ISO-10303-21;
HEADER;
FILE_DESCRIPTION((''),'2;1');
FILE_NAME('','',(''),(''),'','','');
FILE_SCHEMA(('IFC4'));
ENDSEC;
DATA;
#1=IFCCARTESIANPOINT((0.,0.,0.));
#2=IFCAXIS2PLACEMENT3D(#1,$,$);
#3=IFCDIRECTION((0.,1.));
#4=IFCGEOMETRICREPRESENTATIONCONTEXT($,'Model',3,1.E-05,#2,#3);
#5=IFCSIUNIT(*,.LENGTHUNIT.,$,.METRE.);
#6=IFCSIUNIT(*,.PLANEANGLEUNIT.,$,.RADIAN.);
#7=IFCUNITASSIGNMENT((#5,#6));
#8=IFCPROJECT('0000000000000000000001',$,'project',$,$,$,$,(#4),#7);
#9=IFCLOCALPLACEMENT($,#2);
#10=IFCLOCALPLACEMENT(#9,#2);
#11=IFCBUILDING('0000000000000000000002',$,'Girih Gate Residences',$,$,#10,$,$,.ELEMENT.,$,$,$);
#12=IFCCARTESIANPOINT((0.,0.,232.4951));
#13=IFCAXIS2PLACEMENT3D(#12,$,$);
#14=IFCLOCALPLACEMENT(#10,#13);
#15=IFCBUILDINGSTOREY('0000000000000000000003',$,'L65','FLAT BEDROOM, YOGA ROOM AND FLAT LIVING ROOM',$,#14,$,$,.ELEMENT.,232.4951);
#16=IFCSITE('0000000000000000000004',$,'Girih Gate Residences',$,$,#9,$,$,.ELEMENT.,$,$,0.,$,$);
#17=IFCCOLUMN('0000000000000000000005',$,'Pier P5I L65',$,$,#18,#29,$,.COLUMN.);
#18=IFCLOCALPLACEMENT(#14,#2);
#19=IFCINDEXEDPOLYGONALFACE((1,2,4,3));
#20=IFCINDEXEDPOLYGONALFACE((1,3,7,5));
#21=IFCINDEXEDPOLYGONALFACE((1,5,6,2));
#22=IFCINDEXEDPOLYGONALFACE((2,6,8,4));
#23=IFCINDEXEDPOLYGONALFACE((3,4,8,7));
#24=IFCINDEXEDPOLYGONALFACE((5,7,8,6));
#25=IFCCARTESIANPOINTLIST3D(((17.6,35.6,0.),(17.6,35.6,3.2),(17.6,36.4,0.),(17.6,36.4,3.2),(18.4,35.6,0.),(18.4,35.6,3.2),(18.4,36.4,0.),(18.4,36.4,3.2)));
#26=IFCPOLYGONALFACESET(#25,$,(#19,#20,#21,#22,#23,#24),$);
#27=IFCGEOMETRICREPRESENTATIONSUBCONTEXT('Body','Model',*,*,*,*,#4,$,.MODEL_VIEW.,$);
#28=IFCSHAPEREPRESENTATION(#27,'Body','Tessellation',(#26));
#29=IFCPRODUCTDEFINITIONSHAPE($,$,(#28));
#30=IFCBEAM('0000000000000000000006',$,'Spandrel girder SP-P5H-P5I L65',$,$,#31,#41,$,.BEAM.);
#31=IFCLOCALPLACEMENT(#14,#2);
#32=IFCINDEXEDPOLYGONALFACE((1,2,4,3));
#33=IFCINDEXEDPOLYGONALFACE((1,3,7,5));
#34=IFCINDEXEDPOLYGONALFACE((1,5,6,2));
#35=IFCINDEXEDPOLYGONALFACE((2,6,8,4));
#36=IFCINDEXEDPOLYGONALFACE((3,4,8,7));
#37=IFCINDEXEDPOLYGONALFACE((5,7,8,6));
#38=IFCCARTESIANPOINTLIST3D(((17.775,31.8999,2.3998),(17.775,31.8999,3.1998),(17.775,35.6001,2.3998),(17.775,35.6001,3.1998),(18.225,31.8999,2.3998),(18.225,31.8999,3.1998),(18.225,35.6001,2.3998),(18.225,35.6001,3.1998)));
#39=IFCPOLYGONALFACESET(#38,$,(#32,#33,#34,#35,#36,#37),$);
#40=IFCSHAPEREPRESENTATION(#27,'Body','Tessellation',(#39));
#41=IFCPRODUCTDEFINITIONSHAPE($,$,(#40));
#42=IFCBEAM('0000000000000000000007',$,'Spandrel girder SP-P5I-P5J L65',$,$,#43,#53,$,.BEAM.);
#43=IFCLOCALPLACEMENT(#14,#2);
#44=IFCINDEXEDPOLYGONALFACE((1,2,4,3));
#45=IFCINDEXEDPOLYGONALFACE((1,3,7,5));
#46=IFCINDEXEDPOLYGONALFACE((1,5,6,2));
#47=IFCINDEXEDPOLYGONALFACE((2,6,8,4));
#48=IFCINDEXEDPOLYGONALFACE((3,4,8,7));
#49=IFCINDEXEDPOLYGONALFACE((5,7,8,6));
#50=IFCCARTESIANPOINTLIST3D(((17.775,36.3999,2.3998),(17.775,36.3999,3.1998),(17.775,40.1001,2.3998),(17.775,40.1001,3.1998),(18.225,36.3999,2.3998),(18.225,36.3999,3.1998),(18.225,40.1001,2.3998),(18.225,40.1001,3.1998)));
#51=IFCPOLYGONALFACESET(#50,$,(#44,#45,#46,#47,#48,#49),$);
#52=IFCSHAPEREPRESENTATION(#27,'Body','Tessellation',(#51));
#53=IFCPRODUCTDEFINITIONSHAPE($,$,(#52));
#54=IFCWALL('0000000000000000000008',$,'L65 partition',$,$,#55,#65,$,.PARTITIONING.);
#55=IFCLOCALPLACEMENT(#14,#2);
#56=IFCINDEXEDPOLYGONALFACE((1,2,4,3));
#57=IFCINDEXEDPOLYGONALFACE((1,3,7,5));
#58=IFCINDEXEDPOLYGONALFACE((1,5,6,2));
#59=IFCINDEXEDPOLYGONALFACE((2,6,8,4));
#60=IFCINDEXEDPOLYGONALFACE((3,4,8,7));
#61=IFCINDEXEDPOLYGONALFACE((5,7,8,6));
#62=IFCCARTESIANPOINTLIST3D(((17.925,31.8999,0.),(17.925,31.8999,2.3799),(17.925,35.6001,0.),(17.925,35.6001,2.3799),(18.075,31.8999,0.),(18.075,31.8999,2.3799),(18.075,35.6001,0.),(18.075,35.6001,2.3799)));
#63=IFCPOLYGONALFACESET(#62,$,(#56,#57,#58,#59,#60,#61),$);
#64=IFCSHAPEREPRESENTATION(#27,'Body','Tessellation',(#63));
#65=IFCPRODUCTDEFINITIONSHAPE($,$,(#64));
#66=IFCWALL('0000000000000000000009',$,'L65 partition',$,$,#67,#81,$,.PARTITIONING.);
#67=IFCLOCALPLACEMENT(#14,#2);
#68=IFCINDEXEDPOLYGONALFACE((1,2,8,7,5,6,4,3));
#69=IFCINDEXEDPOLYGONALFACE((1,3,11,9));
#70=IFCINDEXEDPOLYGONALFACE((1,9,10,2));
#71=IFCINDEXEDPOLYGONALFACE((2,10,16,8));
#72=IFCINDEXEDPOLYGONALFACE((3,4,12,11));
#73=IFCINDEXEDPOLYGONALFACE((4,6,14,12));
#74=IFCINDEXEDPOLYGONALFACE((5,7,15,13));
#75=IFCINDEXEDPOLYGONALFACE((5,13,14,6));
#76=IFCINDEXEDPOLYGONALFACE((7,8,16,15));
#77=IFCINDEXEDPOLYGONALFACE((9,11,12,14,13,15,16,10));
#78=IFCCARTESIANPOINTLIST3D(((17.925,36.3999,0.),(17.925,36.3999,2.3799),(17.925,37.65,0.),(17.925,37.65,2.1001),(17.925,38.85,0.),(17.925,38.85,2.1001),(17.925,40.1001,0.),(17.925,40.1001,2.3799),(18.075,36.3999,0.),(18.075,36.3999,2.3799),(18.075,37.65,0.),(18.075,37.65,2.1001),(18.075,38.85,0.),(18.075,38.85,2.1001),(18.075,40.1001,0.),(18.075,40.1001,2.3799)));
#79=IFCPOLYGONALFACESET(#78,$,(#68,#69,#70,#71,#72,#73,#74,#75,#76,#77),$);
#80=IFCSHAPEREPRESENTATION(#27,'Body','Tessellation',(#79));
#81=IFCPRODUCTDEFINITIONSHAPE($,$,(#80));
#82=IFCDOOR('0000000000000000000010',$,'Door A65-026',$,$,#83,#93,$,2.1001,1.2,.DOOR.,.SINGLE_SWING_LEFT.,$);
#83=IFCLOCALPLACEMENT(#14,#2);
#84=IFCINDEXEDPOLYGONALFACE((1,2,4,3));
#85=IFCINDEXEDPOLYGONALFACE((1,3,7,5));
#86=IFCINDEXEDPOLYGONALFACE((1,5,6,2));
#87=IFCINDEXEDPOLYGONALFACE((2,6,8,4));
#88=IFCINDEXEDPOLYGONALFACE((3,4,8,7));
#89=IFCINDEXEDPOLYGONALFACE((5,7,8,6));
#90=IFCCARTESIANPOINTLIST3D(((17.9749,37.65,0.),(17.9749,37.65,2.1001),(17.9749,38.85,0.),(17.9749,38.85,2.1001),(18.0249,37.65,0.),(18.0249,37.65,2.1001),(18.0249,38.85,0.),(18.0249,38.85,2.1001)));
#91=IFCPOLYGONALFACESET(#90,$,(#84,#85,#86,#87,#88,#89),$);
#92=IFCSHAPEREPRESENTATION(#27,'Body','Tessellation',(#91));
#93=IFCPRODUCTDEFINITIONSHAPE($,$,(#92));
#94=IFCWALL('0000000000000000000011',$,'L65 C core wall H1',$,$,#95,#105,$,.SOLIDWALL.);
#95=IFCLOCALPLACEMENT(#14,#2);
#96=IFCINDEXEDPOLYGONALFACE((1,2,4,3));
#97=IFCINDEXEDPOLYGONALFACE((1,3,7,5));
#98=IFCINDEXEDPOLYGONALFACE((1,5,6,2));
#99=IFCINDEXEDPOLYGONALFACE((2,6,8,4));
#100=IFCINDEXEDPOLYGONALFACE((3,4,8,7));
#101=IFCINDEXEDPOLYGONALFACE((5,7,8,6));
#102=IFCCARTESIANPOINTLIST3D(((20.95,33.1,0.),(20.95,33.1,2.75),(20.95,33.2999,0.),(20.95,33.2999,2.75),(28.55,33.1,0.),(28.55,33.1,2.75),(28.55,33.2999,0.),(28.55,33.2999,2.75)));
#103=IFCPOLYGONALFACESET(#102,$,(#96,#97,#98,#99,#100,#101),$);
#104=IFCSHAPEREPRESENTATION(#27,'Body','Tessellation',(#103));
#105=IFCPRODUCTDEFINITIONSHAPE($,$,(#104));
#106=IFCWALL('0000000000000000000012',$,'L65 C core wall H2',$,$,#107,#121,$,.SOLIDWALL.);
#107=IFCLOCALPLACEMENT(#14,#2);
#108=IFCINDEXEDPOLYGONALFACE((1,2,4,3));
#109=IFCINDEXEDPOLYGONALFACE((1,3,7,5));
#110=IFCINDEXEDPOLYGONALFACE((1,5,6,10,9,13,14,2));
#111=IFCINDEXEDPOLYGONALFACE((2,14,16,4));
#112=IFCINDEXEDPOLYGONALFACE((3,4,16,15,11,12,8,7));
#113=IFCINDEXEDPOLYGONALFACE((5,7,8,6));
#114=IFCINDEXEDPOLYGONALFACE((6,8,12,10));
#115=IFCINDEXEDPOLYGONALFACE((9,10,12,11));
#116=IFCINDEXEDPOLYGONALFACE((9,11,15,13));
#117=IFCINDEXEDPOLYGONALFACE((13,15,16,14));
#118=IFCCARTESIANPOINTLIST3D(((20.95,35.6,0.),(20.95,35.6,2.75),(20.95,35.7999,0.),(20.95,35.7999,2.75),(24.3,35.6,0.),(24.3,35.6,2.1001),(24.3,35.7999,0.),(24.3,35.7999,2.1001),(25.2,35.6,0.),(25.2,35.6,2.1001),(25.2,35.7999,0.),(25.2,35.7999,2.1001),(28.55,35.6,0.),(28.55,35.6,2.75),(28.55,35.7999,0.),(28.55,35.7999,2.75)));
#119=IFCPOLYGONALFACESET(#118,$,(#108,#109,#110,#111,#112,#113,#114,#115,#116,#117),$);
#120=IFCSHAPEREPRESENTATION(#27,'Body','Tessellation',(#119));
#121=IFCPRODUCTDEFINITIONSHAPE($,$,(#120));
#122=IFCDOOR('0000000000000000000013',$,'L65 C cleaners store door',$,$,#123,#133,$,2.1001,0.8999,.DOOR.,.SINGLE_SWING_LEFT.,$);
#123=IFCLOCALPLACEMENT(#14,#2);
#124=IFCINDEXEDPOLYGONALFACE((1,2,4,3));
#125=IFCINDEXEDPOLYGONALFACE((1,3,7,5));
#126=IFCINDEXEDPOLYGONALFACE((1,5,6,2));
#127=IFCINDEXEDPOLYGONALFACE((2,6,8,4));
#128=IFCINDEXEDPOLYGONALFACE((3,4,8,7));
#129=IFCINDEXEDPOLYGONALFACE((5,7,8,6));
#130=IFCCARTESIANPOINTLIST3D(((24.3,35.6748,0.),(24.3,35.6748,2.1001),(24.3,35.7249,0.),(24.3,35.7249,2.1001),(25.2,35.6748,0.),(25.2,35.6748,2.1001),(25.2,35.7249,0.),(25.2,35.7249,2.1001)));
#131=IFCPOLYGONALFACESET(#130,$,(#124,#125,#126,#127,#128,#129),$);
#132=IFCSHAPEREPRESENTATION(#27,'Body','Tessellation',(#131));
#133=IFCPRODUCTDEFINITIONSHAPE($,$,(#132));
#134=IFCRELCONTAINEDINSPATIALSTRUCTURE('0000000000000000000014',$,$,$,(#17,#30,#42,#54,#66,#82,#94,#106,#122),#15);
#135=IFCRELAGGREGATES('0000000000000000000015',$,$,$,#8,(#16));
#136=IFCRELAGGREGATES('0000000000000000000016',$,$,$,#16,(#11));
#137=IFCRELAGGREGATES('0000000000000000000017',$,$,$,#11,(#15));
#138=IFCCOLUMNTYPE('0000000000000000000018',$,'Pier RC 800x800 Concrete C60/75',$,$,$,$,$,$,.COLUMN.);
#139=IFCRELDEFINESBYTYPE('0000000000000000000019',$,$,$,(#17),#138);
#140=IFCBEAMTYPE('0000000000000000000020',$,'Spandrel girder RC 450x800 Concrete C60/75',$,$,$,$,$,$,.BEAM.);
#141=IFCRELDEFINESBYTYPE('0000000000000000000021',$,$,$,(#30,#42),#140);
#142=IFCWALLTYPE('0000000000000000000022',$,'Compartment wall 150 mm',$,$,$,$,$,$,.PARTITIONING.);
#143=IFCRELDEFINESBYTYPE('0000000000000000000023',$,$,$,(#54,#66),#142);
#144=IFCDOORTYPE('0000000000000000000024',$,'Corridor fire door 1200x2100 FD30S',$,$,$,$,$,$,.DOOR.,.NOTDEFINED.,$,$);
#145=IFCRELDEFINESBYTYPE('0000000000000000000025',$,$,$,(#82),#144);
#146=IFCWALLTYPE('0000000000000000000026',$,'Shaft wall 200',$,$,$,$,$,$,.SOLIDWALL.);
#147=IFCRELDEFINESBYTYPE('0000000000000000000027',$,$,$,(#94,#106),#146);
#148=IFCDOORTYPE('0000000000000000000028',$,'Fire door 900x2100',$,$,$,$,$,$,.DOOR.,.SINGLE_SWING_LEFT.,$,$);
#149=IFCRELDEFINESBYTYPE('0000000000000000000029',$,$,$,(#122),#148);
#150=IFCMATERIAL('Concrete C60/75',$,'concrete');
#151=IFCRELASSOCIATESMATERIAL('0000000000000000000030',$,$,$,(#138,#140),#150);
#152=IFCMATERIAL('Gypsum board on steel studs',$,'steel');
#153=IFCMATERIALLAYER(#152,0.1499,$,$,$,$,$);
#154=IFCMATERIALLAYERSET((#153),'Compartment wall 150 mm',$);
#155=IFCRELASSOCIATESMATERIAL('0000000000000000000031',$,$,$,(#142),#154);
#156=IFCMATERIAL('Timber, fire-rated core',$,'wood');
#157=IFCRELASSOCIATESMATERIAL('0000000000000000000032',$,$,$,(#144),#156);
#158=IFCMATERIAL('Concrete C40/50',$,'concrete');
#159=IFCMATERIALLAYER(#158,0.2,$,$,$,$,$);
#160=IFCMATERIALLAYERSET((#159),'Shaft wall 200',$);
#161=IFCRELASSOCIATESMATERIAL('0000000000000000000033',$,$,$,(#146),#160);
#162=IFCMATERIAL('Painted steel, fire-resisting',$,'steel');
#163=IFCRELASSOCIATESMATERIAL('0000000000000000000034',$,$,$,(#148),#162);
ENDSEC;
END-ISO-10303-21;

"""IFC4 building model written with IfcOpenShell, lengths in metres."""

from ifc_helpers import new_model, si_unit, direction, frame, frame_2d, origin, origin_2d, place, context, subcontext, project, spatial, rectangle, extrude, material, layer, layer_set, material_profile, profile_set, type_object, element, fill, save


model = new_model("IFC4")

# Units and contexts
model_context = context("Model", 3, precision=1e-05, world=origin(), true_north=direction((0.0, 1.0)))
body_context = subcontext(model_context, "Body", "Model", "MODEL_VIEW")
ifc_project = project(units=[si_unit("LENGTHUNIT", "METRE"), si_unit("PLANEANGLEUNIT", "RADIAN")], contexts=[model_context])

# Site, building, storey
site_placement = place(None, origin())
site = spatial("IfcSite", under=ifc_project, at=site_placement, Name="Girih Gate Residences", CompositionType="ELEMENT", RefElevation=0.0)
building_placement = place(site_placement, origin())
building = spatial("IfcBuilding", under=site, at=building_placement, Name="Girih Gate Residences", CompositionType="ELEMENT")
storey_placement = place(building_placement, frame((0.0, 0.0, 232.4951)))
storey = spatial("IfcBuildingStorey", under=building, at=storey_placement, Name="L65", Description="FLAT BEDROOM, YOGA ROOM AND FLAT LIVING ROOM", CompositionType="ELEMENT", Elevation=232.4951)

# Column
ifc_material_1 = material(Name="Concrete C60/75", Category="concrete")
ifc_material_profile_1 = material_profile(ifc_material_1, rectangle(XDim=0.8, YDim=0.8, at=origin_2d()))
ifc_profile_set_1 = profile_set([ifc_material_profile_1], Name="Concrete C60/75")
column_type = type_object("IfcColumnType", Name="Pier RC 800x800 Concrete C60/75", PredefinedType="COLUMN", material=ifc_profile_set_1)
column_placement = place(storey_placement, frame((18.0, 36.0, 0.0), z_axis=(0.0, 0.0, 1.0), x_axis=(1.0, 0.0, 0.0)))
element("IfcColumn", 1, at=column_placement, inside=storey, type_object=column_type, Name="Pier P5I L65", PredefinedType="COLUMN", context=body_context, shape_type="SweptSolid", body=[
    extrude(rectangle(XDim=0.8, YDim=0.8, at=origin_2d()), origin(), (0.0, 0.0, 1.0), 3.2),
])

# Beams
ifc_material_profile_2 = material_profile(ifc_material_1, rectangle(XDim=0.45, YDim=0.8, at=origin_2d()))
ifc_profile_set_2 = profile_set([ifc_material_profile_2], Name="Concrete C60/75")
beam_type = type_object("IfcBeamType", Name="Spandrel girder RC 450x800 Concrete C60/75", PredefinedType="BEAM", material=ifc_profile_set_2)
for number, where, z_axis, x_axis, name in (
    (2, (18.0, 31.8999, 2.7998), (0.0, 1.0, 0.0), (-1.0, 0.0, 0.0), "Spandrel girder SP-P5H-P5I L65"),
    (3, (18.0, 36.3999, 2.7998), (0.0, 1.0, 0.0), (-1.0, 0.0, 0.0), "Spandrel girder SP-P5I-P5J L65"),
):
    element("IfcBeam", number, at=place(storey_placement, frame(where, z_axis=z_axis, x_axis=x_axis)), inside=storey, type_object=beam_type, Name=name, PredefinedType="BEAM", context=body_context, shape_type="SweptSolid", body=[
        extrude(rectangle(XDim=0.45, YDim=0.8, at=origin_2d()), origin(), (0.0, 0.0, 1.0), 3.7002),
    ])

# Shared definitions
ifc_material_2 = material(Name="Gypsum board on steel studs", Category="steel")
ifc_layer_1 = layer(ifc_material_2, 0.1499)
ifc_layer_set_1 = layer_set([ifc_layer_1], Name="Compartment wall 150 mm")
wall_type_1 = type_object("IfcWallType", Name="Compartment wall 150 mm", PredefinedType="PARTITIONING", material=ifc_layer_set_1)
ifc_material_3 = material(Name="Timber, fire-rated core", Category="wood")

# Wall
wall_1_placement = place(storey_placement, frame((18.0, 31.8999, 0.0), z_axis=(0.0, 0.0, 1.0), x_axis=(0.0, 1.0, 0.0)))
element("IfcWall", 4, at=wall_1_placement, inside=storey, type_object=wall_type_1, Name="L65 partition", PredefinedType="PARTITIONING", context=body_context, shape_type="SweptSolid", body=[
    extrude(rectangle(XDim=3.7002, YDim=0.1499, at=frame_2d((1.8501, 0.0))), origin(), (0.0, 0.0, 1.0), 2.3799),
])

# Wall, opening, door
wall_2_placement = place(storey_placement, frame((18.0, 40.1001, 0.0), z_axis=(0.0, 0.0, 1.0), x_axis=(0.0, -1.0, 0.0)))
wall_2 = element("IfcWall", 5, at=wall_2_placement, inside=storey, type_object=wall_type_1, Name="L65 partition", PredefinedType="PARTITIONING", context=body_context, shape_type="SweptSolid", body=[
    extrude(rectangle(XDim=3.7002, YDim=0.1499, at=frame_2d((1.8501, 0.0))), origin(), (0.0, 0.0, 1.0), 2.3799),
])
opening_1_placement = place(wall_2_placement, frame((1.25, 0.0, 0.0)))
opening_1 = element("IfcOpeningElement", 6, at=opening_1_placement, cuts=wall_2, PredefinedType="OPENING", context=body_context, shape_type="SweptSolid", body=[
    extrude(rectangle(XDim=1.2, YDim=2.1001, at=frame_2d((0.6001, 1.05))), frame((0.0, 0.085, 0.0), z_axis=(0.0, -1.0, 0.0), x_axis=(1.0, 0.0, 0.0)), (0.0, 0.0, 1.0), 0.1699),
])
door_type_1 = type_object("IfcDoorType", Name="Corridor fire door 1200x2100 FD30S", OperationType="NOTDEFINED", PredefinedType="DOOR", material=ifc_material_3)
door_1_placement = place(opening_1_placement, origin())
door_1 = element("IfcDoor", 7, at=door_1_placement, inside=storey, type_object=door_type_1, Name="Door A65-026", OperationType="SINGLE_SWING_LEFT", OverallHeight=2.1001, OverallWidth=1.2, PredefinedType="DOOR", context=body_context, shape_type="SweptSolid", body=[
    extrude(rectangle(XDim=1.2, YDim=2.1001, at=frame_2d((0.6001, 1.05))), frame((0.0, 0.0249, 0.0), z_axis=(0.0, -1.0, 0.0), x_axis=(1.0, 0.0, 0.0)), (0.0, 0.0, 1.0), 0.05),
])
fill(opening_1, door_1)

# Wall
ifc_material_4 = material(Name="Concrete C40/50", Category="concrete")
ifc_layer_2 = layer(ifc_material_4, 0.2)
ifc_layer_set_2 = layer_set([ifc_layer_2], Name="Shaft wall 200")
wall_type_2 = type_object("IfcWallType", Name="Shaft wall 200", PredefinedType="SOLIDWALL", material=ifc_layer_set_2)
wall_3_placement = place(storey_placement, frame((20.95, 33.2, 0.0), z_axis=(0.0, 0.0, 1.0), x_axis=(1.0, 0.0, 0.0)))
element("IfcWall", 8, at=wall_3_placement, inside=storey, type_object=wall_type_2, Name="L65 C core wall H1", PredefinedType="SOLIDWALL", context=body_context, shape_type="SweptSolid", body=[
    extrude(rectangle(XDim=7.6001, YDim=0.2, at=frame_2d((3.8, 0.0))), origin(), (0.0, 0.0, 1.0), 2.75),
])

# Wall, opening, door
wall_4_placement = place(storey_placement, frame((20.95, 35.7, 0.0), z_axis=(0.0, 0.0, 1.0), x_axis=(1.0, 0.0, 0.0)))
wall_4 = element("IfcWall", 9, at=wall_4_placement, inside=storey, type_object=wall_type_2, Name="L65 C core wall H2", PredefinedType="SOLIDWALL", context=body_context, shape_type="SweptSolid", body=[
    extrude(rectangle(XDim=7.6001, YDim=0.2, at=frame_2d((3.8, 0.0))), origin(), (0.0, 0.0, 1.0), 2.75),
])
opening_2_placement = place(wall_4_placement, frame((3.3501, 0.0, 0.0)))
opening_2 = element("IfcOpeningElement", 10, at=opening_2_placement, cuts=wall_4, PredefinedType="OPENING", context=body_context, shape_type="SweptSolid", body=[
    extrude(rectangle(XDim=0.8999, YDim=2.1001, at=frame_2d((0.45, 1.05))), frame((0.0, 0.1099, 0.0), z_axis=(0.0, -1.0, 0.0), x_axis=(1.0, 0.0, 0.0)), (0.0, 0.0, 1.0), 0.22),
])
ifc_material_5 = material(Name="Painted steel, fire-resisting", Category="steel")
door_type_2 = type_object("IfcDoorType", Name="Fire door 900x2100", OperationType="SINGLE_SWING_LEFT", PredefinedType="DOOR", material=ifc_material_5)
door_2_placement = place(opening_2_placement, origin())
door_2 = element("IfcDoor", 11, at=door_2_placement, inside=storey, type_object=door_type_2, Name="L65 C cleaners store door", OperationType="SINGLE_SWING_LEFT", OverallHeight=2.1001, OverallWidth=0.8999, PredefinedType="DOOR", context=body_context, shape_type="SweptSolid", body=[
    extrude(rectangle(XDim=0.8999, YDim=2.1001, at=frame_2d((0.45, 1.05))), frame((0.0, 0.0249, 0.0), z_axis=(0.0, -1.0, 0.0), x_axis=(1.0, 0.0, 0.0)), (0.0, 0.0, 1.0), 0.05),
])
fill(opening_2, door_2)

save(model, "model.ifc")
